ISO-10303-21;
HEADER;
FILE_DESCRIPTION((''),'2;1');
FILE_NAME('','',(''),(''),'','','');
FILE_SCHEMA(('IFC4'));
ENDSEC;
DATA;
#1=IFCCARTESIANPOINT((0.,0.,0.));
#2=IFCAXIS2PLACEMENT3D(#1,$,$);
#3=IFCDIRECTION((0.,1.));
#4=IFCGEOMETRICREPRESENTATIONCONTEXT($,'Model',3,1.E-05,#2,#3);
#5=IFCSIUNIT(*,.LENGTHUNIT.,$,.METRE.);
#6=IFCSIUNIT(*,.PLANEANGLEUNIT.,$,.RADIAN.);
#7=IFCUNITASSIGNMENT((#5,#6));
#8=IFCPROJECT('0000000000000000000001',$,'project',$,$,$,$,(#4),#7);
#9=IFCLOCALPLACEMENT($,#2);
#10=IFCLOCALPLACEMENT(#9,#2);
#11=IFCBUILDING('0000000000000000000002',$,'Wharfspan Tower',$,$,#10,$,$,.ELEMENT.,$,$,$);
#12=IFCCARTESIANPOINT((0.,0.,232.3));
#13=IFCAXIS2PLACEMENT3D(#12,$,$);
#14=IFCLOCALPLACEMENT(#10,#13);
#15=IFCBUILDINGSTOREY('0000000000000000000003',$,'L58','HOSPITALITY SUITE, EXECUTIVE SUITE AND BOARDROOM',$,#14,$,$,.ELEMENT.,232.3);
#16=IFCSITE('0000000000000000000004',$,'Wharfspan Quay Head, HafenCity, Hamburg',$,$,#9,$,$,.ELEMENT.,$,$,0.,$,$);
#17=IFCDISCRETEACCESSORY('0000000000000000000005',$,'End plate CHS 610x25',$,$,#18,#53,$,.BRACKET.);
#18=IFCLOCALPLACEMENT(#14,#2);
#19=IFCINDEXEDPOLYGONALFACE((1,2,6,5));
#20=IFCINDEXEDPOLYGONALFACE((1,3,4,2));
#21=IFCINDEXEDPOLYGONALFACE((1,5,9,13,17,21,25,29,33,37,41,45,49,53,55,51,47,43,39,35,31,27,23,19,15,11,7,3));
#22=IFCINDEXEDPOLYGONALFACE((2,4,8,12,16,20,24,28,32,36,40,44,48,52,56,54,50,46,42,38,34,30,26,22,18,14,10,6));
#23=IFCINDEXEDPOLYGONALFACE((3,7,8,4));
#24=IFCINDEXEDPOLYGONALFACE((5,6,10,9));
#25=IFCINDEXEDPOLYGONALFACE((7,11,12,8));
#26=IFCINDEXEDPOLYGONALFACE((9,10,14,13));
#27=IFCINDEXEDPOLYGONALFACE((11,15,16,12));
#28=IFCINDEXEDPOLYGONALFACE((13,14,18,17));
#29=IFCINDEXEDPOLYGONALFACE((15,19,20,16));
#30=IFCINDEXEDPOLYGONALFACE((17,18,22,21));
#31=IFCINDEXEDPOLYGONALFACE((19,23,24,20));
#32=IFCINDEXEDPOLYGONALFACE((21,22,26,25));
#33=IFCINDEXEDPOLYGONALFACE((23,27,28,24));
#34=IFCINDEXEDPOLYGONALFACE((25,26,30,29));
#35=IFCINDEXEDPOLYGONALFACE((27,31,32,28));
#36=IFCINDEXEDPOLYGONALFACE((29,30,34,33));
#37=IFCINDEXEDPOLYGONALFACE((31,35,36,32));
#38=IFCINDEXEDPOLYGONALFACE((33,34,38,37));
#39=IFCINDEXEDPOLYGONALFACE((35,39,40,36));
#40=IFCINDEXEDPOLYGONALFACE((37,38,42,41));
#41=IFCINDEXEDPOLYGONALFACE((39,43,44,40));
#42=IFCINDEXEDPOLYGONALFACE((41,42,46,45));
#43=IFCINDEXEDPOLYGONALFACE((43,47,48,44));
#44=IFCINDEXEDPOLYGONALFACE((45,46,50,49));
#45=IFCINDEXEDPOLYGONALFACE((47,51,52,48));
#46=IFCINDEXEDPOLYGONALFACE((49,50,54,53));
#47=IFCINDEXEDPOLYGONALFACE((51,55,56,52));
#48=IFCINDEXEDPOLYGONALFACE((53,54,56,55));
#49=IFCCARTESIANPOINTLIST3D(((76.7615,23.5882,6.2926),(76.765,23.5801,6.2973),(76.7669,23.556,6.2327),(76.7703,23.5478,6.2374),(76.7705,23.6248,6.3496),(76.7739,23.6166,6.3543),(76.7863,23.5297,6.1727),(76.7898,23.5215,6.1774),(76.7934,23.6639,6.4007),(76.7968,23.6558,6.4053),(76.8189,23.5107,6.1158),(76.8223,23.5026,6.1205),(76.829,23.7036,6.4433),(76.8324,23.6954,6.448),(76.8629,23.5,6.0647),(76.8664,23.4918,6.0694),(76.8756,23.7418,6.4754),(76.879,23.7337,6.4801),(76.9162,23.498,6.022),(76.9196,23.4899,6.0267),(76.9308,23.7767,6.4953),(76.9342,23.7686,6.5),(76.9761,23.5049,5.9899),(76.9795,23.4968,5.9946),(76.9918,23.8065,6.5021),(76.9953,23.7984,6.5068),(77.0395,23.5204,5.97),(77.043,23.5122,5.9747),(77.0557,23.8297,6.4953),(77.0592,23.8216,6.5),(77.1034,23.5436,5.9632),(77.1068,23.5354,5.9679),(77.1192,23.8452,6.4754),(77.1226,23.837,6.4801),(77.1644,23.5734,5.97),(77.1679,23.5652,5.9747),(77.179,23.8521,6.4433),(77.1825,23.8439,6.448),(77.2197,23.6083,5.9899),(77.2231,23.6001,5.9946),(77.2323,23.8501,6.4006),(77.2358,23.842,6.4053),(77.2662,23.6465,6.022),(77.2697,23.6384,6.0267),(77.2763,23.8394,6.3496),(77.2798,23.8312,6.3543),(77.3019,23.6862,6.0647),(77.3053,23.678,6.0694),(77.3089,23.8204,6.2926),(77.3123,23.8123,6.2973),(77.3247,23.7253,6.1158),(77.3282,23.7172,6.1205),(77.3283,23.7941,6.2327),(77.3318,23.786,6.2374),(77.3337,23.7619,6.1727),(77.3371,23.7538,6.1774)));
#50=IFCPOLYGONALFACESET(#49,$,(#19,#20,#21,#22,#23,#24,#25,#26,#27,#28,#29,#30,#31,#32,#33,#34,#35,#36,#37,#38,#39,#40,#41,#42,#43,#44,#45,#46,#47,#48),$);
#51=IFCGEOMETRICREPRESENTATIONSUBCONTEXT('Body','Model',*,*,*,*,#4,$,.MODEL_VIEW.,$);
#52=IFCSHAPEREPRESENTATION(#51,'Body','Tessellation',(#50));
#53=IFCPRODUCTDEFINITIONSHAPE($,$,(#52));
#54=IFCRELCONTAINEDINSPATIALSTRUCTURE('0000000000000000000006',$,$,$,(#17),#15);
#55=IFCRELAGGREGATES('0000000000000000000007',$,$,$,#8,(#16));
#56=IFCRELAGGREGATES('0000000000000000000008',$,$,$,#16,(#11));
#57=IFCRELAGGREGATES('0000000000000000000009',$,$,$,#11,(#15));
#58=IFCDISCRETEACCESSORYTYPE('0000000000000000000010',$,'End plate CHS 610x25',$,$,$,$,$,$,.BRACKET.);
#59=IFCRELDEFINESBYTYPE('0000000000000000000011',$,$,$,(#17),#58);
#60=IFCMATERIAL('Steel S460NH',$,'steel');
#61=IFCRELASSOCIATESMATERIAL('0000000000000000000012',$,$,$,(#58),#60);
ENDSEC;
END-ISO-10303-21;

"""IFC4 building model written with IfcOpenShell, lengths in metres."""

from ifc_helpers import new_model, si_unit, direction, frame, origin, origin_2d, place, context, subcontext, project, spatial, circle, extrude, material, material_profile, profile_set, type_object, element, save


model = new_model("IFC4")

# Units and contexts
model_context = context("Model", 3, precision=1e-05, world=origin(), true_north=direction((0.0, 1.0)))
body_context = subcontext(model_context, "Body", "Model", "MODEL_VIEW")
ifc_project = project(units=[si_unit("LENGTHUNIT", "METRE"), si_unit("PLANEANGLEUNIT", "RADIAN")], contexts=[model_context])

# Site, building, storey
site_placement = place(None, origin())
site = spatial("IfcSite", under=ifc_project, at=site_placement, Name="Wharfspan Quay Head, HafenCity, Hamburg", CompositionType="ELEMENT", RefElevation=0.0)
building_placement = place(site_placement, origin())
building = spatial("IfcBuilding", under=site, at=building_placement, Name="Wharfspan Tower", CompositionType="ELEMENT")
storey_placement = place(building_placement, frame((0.0, 0.0, 232.3)))
storey = spatial("IfcBuildingStorey", under=building, at=storey_placement, Name="L58", Description="HOSPITALITY SUITE, EXECUTIVE SUITE AND BOARDROOM", CompositionType="ELEMENT", Elevation=232.3)

# Discrete accessory
ifc_material_1 = material(Name="Steel S460NH", Category="steel")
ifc_material_profile_1 = material_profile(ifc_material_1, circle(Radius=0.3049, at=origin_2d()))
ifc_profile_set_1 = profile_set([ifc_material_profile_1], Name="Steel S460NH")
discrete_accessory_type = type_object("IfcDiscreteAccessoryType", Name="End plate CHS 610x25", PredefinedType="BRACKET", material=ifc_profile_set_1)
for number, where, z_axis, x_axis, name in (
    (1, (77.0476, 23.675, 6.2327), (0.345075, -0.81339, 0.468316), (0.920586, 0.390551, -0.000002), "End plate CHS 610x25"),
):
    element("IfcDiscreteAccessory", number, at=place(storey_placement, frame(where, z_axis=z_axis, x_axis=x_axis)), inside=storey, type_object=discrete_accessory_type, Name=name, PredefinedType="BRACKET", context=body_context, shape_type="SweptSolid", body=[
        extrude(circle(Radius=0.3049, at=origin_2d()), origin(), (0.0, 0.0, 1.0), 0.01),
    ])

save(model, "model.ifc")
